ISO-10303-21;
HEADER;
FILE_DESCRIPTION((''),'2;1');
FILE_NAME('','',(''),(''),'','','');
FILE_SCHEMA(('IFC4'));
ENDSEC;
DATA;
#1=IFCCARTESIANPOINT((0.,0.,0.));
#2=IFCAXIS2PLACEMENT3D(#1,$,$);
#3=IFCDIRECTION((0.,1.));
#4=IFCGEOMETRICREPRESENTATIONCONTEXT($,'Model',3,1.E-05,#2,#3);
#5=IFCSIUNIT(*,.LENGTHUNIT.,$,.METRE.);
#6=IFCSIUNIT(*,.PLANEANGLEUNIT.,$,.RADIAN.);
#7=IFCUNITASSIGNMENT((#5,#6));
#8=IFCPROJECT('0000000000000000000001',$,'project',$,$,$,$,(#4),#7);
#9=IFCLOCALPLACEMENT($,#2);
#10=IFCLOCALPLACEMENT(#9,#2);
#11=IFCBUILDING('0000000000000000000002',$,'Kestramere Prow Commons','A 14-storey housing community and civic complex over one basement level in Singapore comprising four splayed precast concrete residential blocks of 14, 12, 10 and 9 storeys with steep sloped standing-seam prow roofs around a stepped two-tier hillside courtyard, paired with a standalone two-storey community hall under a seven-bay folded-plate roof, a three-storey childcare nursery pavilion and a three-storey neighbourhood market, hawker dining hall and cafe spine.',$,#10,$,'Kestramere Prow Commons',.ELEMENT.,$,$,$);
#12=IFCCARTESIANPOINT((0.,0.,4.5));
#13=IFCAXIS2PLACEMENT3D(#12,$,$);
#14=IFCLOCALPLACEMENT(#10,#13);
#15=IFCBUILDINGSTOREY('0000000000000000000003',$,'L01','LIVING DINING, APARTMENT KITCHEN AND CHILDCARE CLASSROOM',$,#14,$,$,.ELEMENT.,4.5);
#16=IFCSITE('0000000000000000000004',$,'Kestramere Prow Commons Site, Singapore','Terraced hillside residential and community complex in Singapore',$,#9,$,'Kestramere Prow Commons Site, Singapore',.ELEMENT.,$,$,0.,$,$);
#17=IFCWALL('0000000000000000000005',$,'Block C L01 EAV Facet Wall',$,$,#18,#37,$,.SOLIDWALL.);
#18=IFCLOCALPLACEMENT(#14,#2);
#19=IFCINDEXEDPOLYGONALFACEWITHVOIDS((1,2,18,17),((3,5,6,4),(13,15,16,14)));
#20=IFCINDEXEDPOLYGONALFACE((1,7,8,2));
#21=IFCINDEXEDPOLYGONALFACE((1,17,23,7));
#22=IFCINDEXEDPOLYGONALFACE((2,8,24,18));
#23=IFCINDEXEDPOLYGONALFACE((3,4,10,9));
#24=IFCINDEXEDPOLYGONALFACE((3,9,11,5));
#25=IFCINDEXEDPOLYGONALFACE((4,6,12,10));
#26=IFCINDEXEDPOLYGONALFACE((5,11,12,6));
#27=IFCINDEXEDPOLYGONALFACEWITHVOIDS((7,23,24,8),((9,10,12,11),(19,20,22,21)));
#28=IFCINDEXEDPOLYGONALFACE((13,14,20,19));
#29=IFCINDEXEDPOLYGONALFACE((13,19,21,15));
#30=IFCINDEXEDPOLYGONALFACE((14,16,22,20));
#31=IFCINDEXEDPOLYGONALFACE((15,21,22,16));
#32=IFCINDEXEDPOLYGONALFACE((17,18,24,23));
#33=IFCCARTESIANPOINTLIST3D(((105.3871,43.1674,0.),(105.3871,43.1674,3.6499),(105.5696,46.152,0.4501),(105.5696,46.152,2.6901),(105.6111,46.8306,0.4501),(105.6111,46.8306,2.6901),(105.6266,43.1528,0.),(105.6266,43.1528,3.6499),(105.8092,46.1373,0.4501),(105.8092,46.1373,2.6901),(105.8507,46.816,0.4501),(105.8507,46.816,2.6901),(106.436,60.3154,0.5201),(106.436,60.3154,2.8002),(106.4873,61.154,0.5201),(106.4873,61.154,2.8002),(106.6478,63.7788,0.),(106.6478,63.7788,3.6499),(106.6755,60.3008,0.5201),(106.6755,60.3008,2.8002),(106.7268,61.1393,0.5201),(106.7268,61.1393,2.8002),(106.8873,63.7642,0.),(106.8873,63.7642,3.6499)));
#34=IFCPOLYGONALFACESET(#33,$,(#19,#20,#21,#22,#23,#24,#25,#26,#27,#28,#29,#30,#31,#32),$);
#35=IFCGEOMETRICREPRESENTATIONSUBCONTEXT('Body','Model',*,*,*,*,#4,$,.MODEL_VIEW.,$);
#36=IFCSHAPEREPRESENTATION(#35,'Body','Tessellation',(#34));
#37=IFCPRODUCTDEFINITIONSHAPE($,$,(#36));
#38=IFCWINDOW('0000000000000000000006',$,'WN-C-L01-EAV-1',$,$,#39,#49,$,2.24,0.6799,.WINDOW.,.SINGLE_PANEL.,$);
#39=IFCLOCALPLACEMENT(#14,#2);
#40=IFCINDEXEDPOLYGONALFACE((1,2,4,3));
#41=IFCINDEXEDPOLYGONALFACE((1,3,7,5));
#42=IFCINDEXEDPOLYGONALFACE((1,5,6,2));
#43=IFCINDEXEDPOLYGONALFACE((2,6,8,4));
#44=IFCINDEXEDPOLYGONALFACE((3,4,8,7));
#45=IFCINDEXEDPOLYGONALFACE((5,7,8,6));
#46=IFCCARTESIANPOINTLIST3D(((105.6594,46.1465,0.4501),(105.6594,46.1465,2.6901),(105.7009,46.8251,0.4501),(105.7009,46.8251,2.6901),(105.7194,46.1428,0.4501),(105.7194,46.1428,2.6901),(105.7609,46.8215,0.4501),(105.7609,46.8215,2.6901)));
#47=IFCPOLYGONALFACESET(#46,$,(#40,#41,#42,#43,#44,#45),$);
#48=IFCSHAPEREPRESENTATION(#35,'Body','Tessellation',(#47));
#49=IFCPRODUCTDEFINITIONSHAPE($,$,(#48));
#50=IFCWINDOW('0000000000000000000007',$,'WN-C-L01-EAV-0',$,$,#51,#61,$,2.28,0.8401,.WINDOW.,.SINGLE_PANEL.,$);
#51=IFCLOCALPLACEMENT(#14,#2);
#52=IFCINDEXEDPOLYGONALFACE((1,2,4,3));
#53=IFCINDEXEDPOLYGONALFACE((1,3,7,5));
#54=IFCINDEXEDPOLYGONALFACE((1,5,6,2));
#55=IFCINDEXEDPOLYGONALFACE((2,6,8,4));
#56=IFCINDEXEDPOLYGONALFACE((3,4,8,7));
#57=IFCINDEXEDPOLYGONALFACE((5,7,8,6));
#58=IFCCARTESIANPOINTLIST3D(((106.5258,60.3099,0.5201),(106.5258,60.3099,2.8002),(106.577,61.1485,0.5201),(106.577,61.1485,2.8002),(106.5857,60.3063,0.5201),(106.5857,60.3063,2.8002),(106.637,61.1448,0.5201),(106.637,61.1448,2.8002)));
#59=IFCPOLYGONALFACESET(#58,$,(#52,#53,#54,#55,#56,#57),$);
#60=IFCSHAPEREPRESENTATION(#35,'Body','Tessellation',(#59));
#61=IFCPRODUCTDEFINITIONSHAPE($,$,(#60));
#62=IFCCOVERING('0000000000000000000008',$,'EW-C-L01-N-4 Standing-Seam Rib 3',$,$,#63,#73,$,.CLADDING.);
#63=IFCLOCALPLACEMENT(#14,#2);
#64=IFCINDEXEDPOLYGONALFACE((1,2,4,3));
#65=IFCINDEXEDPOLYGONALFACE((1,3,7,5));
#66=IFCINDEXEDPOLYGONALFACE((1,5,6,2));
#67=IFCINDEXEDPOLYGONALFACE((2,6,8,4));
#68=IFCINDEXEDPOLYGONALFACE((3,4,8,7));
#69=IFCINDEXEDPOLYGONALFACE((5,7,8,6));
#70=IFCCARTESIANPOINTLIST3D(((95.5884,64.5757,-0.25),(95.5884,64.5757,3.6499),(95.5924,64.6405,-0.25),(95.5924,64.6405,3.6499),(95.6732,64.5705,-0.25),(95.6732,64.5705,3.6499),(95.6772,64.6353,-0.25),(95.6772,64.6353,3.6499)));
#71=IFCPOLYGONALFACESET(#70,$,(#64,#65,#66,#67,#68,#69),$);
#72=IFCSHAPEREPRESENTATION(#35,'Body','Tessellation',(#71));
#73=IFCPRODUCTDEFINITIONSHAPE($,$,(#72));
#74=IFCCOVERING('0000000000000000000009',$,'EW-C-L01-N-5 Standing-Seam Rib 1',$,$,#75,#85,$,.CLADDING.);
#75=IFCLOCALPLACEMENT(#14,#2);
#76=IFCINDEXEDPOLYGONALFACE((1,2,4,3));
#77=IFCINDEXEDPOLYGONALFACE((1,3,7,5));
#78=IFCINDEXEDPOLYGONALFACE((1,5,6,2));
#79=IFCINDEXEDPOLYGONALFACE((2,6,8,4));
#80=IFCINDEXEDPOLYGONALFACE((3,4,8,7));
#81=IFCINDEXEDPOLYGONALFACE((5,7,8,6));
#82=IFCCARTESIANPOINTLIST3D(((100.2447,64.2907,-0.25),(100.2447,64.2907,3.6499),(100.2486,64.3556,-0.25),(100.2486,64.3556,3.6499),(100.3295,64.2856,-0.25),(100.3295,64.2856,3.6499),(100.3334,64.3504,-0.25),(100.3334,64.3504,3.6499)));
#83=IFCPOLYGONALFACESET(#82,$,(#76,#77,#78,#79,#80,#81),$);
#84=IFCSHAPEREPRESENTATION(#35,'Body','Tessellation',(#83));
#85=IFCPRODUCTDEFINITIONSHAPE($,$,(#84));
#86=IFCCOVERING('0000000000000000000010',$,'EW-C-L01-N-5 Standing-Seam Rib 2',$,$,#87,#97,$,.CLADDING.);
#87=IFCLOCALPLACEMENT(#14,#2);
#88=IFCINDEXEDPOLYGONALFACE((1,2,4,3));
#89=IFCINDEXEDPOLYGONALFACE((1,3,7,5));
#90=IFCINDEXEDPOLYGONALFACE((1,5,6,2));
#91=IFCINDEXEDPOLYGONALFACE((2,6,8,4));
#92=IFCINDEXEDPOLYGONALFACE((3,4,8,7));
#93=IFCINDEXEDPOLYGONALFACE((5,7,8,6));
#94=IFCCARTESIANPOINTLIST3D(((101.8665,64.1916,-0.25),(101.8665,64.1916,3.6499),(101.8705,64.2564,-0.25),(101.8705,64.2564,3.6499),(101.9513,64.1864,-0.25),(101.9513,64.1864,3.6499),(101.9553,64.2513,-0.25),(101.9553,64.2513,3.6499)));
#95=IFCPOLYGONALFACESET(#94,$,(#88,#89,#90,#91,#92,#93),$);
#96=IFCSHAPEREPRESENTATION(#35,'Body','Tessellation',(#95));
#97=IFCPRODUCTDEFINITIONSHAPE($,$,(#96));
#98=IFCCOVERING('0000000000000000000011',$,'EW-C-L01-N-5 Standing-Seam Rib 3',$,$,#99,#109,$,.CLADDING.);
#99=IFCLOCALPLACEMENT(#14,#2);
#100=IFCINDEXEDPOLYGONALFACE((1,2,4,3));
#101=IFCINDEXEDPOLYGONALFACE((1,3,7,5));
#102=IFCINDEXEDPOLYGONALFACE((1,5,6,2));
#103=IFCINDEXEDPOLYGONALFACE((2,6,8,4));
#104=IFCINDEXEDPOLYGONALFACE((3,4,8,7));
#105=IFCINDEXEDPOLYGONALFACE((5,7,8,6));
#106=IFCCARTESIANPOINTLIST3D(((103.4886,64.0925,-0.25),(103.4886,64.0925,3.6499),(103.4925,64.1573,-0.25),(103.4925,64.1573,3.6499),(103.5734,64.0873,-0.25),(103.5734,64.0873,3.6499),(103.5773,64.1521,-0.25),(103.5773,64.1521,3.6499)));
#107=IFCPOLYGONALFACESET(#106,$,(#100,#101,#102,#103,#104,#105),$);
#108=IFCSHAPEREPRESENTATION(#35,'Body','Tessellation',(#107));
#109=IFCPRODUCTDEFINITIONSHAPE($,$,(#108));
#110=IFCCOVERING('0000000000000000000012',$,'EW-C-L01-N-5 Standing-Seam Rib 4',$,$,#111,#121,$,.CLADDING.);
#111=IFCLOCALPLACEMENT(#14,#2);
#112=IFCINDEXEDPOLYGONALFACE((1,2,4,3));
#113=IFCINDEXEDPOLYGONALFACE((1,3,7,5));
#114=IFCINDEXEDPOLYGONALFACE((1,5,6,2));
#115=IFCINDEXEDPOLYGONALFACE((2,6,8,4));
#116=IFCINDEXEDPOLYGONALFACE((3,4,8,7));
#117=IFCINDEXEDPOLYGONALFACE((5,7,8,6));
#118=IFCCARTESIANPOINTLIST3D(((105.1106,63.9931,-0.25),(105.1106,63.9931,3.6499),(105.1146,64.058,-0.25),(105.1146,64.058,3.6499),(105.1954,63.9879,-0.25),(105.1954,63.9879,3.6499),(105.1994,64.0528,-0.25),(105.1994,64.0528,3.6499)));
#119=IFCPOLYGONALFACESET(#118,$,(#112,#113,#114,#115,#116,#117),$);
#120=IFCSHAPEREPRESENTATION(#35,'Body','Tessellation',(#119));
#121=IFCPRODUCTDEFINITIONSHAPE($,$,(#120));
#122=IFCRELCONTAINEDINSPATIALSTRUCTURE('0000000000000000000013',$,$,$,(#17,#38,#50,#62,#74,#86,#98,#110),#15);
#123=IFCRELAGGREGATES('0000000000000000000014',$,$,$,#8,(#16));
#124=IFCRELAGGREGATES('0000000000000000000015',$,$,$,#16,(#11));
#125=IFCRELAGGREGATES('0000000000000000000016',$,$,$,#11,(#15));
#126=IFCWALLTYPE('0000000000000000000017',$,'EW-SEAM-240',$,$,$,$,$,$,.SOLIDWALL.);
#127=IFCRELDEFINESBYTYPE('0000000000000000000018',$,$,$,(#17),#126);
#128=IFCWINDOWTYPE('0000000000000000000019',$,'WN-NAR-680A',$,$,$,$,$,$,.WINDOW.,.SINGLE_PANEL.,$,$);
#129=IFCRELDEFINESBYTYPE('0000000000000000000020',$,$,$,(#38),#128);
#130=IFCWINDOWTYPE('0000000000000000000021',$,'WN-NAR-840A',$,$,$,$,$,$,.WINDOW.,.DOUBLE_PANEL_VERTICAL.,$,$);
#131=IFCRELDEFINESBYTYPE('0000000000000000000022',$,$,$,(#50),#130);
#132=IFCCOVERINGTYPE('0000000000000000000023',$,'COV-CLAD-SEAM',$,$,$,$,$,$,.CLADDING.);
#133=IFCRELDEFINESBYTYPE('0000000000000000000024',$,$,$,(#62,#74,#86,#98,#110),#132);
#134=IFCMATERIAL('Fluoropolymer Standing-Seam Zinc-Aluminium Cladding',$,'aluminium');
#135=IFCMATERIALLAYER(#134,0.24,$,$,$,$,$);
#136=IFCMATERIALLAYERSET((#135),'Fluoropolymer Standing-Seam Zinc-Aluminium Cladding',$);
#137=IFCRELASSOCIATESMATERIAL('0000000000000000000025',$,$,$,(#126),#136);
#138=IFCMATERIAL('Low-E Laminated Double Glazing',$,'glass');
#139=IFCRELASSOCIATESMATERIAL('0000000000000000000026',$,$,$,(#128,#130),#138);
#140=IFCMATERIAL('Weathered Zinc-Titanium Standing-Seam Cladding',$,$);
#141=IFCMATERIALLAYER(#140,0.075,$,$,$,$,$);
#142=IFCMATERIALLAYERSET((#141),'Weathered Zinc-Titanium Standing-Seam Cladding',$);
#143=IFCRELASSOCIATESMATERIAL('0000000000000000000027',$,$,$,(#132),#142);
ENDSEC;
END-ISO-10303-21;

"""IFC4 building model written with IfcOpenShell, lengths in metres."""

from ifc_helpers import new_model, si_unit, direction, frame, frame_2d, origin, origin_2d, place, context, subcontext, project, spatial, rectangle, extrude, material, layer, layer_set, type_object, element, fill, save


model = new_model("IFC4")

# Units and contexts
model_context = context("Model", 3, precision=1e-05, world=origin(), true_north=direction((0.0, 1.0)))
body_context = subcontext(model_context, "Body", "Model", "MODEL_VIEW")
ifc_project = project(units=[si_unit("LENGTHUNIT", "METRE"), si_unit("PLANEANGLEUNIT", "RADIAN")], contexts=[model_context])

# Site, building, storey
site_placement = place(None, origin())
site = spatial("IfcSite", under=ifc_project, at=site_placement, Name="Kestramere Prow Commons Site, Singapore", Description="Terraced hillside residential and community complex in Singapore", LongName="Kestramere Prow Commons Site, Singapore", CompositionType="ELEMENT", RefElevation=0.0)
building_placement = place(site_placement, origin())
building = spatial("IfcBuilding", under=site, at=building_placement, Name="Kestramere Prow Commons", Description="A 14-storey housing community and civic complex over one basement level in Singapore comprising four splayed precast concrete residential blocks of 14, 12, 10 and 9 storeys with steep sloped standing-seam prow roofs around a stepped two-tier hillside courtyard, paired with a standalone two-storey community hall under a seven-bay folded-plate roof, a three-storey childcare nursery pavilion and a three-storey neighbourhood market, hawker dining hall and cafe spine.", LongName="Kestramere Prow Commons", CompositionType="ELEMENT")
storey_placement = place(building_placement, frame((0.0, 0.0, 4.5)))
storey = spatial("IfcBuildingStorey", under=building, at=storey_placement, Name="L01", Description="LIVING DINING, APARTMENT KITCHEN AND CHILDCARE CLASSROOM", CompositionType="ELEMENT", Elevation=4.5)

# Shared definitions
ifc_material_1 = material(Name="Low-E Laminated Double Glazing", Category="glass")

# Wall, openings, windows
ifc_material_2 = material(Name="Fluoropolymer Standing-Seam Zinc-Aluminium Cladding", Category="aluminium")
ifc_layer_1 = layer(ifc_material_2, 0.24)
ifc_layer_set_1 = layer_set([ifc_layer_1], Name="Fluoropolymer Standing-Seam Zinc-Aluminium Cladding")
wall_type_1 = type_object("IfcWallType", Name="EW-SEAM-240", PredefinedType="SOLIDWALL", material=ifc_layer_set_1)
wall_1_placement = place(storey_placement, frame((106.7676, 63.7715, 0.0), z_axis=(0.0, 0.0, 1.0), x_axis=(-0.061053, -0.998135, 0.0)))
wall_1 = element("IfcWall", 1, at=wall_1_placement, inside=storey, type_object=wall_type_1, Name="Block C L01 EAV Facet Wall", PredefinedType="SOLIDWALL", context=body_context, shape_type="SweptSolid", body=[
    extrude(rectangle(XDim=20.6499, YDim=0.24, at=frame_2d((10.325, 0.0))), origin(), (0.0, 0.0, 1.0), 3.6499),
])
opening_1_placement = place(wall_1_placement, frame((2.6299, 0.0, 0.52)))
opening_1 = element("IfcOpeningElement", 2, at=opening_1_placement, cuts=wall_1, PredefinedType="OPENING", context=body_context, shape_type="SweptSolid", body=[
    extrude(rectangle(XDim=0.8401, YDim=2.28, at=frame_2d((0.4199, 1.1401))), frame((0.0, 0.135, 0.0), z_axis=(0.0, -1.0, 0.0), x_axis=(1.0, 0.0, 0.0)), (0.0, 0.0, 1.0), 0.27),
])
opening_2_placement = place(wall_1_placement, frame((16.98, 0.0, 0.45)))
opening_2 = element("IfcOpeningElement", 3, at=opening_2_placement, cuts=wall_1, PredefinedType="OPENING", context=body_context, shape_type="SweptSolid", body=[
    extrude(rectangle(XDim=0.6799, YDim=2.24, at=frame_2d((0.3398, 1.1201))), frame((0.0, 0.135, 0.0), z_axis=(0.0, -1.0, 0.0), x_axis=(1.0, 0.0, 0.0)), (0.0, 0.0, 1.0), 0.27),
])
window_type_1 = type_object("IfcWindowType", Name="WN-NAR-680A", PartitioningType="SINGLE_PANEL", PredefinedType="WINDOW", material=ifc_material_1)
window_1_placement = place(opening_2_placement, origin())
window_1 = element("IfcWindow", 4, at=window_1_placement, inside=storey, type_object=window_type_1, Name="WN-C-L01-EAV-1", OverallHeight=2.24, OverallWidth=0.6799, PartitioningType="SINGLE_PANEL", PredefinedType="WINDOW", context=body_context, shape_type="SweptSolid", body=[
    extrude(rectangle(XDim=0.6799, YDim=2.24, at=frame_2d((0.3398, 1.1201))), frame((0.0, 0.03, 0.0), z_axis=(0.0, -1.0, 0.0), x_axis=(1.0, 0.0, 0.0)), (0.0, 0.0, 1.0), 0.0601),
])
fill(opening_2, window_1)
window_type_2 = type_object("IfcWindowType", Name="WN-NAR-840A", PartitioningType="DOUBLE_PANEL_VERTICAL", PredefinedType="WINDOW", material=ifc_material_1)
window_2_placement = place(opening_1_placement, origin())
window_2 = element("IfcWindow", 5, at=window_2_placement, inside=storey, type_object=window_type_2, Name="WN-C-L01-EAV-0", OverallHeight=2.28, OverallWidth=0.8401, PartitioningType="SINGLE_PANEL", PredefinedType="WINDOW", context=body_context, shape_type="SweptSolid", body=[
    extrude(rectangle(XDim=0.8401, YDim=2.28, at=frame_2d((0.4199, 1.1401))), frame((0.0, 0.03, 0.0), z_axis=(0.0, -1.0, 0.0), x_axis=(1.0, 0.0, 0.0)), (0.0, 0.0, 1.0), 0.0601),
])
fill(opening_1, window_2)

# Coverings
ifc_material_3 = material(Name="Weathered Zinc-Titanium Standing-Seam Cladding")
ifc_layer_2 = layer(ifc_material_3, 0.075)
ifc_layer_set_2 = layer_set([ifc_layer_2], Name="Weathered Zinc-Titanium Standing-Seam Cladding")
covering_type = type_object("IfcCoveringType", Name="COV-CLAD-SEAM", PredefinedType="CLADDING", material=ifc_layer_set_2)
for number, where, z_axis, x_axis, name in (
    (6, (95.6328, 64.6055, -0.25), (0.0, 0.0, 1.0), (0.998135, -0.061049, 0.0), "EW-C-L01-N-4 Standing-Seam Rib 3"),
    (7, (100.2891, 64.3206, -0.25), (0.0, 0.0, 1.0), (0.998135, -0.061049, 0.0), "EW-C-L01-N-5 Standing-Seam Rib 1"),
    (8, (101.9109, 64.2214, -0.25), (0.0, 0.0, 1.0), (0.998135, -0.061049, 0.0), "EW-C-L01-N-5 Standing-Seam Rib 2"),
    (9, (103.533, 64.1223, -0.25), (0.0, 0.0, 1.0), (0.998135, -0.061049, 0.0), "EW-C-L01-N-5 Standing-Seam Rib 3"),
    (10, (105.155, 64.0229, -0.25), (0.0, 0.0, 1.0), (0.998135, -0.061049, 0.0), "EW-C-L01-N-5 Standing-Seam Rib 4"),
):
    element("IfcCovering", number, at=place(storey_placement, frame(where, z_axis=z_axis, x_axis=x_axis)), inside=storey, type_object=covering_type, Name=name, PredefinedType="CLADDING", context=body_context, shape_type="SweptSolid", body=[
        extrude(rectangle(XDim=0.085, YDim=0.0649, at=origin_2d()), origin(), (0.0, 0.0, 1.0), 3.8999),
    ])

save(model, "model.ifc")
